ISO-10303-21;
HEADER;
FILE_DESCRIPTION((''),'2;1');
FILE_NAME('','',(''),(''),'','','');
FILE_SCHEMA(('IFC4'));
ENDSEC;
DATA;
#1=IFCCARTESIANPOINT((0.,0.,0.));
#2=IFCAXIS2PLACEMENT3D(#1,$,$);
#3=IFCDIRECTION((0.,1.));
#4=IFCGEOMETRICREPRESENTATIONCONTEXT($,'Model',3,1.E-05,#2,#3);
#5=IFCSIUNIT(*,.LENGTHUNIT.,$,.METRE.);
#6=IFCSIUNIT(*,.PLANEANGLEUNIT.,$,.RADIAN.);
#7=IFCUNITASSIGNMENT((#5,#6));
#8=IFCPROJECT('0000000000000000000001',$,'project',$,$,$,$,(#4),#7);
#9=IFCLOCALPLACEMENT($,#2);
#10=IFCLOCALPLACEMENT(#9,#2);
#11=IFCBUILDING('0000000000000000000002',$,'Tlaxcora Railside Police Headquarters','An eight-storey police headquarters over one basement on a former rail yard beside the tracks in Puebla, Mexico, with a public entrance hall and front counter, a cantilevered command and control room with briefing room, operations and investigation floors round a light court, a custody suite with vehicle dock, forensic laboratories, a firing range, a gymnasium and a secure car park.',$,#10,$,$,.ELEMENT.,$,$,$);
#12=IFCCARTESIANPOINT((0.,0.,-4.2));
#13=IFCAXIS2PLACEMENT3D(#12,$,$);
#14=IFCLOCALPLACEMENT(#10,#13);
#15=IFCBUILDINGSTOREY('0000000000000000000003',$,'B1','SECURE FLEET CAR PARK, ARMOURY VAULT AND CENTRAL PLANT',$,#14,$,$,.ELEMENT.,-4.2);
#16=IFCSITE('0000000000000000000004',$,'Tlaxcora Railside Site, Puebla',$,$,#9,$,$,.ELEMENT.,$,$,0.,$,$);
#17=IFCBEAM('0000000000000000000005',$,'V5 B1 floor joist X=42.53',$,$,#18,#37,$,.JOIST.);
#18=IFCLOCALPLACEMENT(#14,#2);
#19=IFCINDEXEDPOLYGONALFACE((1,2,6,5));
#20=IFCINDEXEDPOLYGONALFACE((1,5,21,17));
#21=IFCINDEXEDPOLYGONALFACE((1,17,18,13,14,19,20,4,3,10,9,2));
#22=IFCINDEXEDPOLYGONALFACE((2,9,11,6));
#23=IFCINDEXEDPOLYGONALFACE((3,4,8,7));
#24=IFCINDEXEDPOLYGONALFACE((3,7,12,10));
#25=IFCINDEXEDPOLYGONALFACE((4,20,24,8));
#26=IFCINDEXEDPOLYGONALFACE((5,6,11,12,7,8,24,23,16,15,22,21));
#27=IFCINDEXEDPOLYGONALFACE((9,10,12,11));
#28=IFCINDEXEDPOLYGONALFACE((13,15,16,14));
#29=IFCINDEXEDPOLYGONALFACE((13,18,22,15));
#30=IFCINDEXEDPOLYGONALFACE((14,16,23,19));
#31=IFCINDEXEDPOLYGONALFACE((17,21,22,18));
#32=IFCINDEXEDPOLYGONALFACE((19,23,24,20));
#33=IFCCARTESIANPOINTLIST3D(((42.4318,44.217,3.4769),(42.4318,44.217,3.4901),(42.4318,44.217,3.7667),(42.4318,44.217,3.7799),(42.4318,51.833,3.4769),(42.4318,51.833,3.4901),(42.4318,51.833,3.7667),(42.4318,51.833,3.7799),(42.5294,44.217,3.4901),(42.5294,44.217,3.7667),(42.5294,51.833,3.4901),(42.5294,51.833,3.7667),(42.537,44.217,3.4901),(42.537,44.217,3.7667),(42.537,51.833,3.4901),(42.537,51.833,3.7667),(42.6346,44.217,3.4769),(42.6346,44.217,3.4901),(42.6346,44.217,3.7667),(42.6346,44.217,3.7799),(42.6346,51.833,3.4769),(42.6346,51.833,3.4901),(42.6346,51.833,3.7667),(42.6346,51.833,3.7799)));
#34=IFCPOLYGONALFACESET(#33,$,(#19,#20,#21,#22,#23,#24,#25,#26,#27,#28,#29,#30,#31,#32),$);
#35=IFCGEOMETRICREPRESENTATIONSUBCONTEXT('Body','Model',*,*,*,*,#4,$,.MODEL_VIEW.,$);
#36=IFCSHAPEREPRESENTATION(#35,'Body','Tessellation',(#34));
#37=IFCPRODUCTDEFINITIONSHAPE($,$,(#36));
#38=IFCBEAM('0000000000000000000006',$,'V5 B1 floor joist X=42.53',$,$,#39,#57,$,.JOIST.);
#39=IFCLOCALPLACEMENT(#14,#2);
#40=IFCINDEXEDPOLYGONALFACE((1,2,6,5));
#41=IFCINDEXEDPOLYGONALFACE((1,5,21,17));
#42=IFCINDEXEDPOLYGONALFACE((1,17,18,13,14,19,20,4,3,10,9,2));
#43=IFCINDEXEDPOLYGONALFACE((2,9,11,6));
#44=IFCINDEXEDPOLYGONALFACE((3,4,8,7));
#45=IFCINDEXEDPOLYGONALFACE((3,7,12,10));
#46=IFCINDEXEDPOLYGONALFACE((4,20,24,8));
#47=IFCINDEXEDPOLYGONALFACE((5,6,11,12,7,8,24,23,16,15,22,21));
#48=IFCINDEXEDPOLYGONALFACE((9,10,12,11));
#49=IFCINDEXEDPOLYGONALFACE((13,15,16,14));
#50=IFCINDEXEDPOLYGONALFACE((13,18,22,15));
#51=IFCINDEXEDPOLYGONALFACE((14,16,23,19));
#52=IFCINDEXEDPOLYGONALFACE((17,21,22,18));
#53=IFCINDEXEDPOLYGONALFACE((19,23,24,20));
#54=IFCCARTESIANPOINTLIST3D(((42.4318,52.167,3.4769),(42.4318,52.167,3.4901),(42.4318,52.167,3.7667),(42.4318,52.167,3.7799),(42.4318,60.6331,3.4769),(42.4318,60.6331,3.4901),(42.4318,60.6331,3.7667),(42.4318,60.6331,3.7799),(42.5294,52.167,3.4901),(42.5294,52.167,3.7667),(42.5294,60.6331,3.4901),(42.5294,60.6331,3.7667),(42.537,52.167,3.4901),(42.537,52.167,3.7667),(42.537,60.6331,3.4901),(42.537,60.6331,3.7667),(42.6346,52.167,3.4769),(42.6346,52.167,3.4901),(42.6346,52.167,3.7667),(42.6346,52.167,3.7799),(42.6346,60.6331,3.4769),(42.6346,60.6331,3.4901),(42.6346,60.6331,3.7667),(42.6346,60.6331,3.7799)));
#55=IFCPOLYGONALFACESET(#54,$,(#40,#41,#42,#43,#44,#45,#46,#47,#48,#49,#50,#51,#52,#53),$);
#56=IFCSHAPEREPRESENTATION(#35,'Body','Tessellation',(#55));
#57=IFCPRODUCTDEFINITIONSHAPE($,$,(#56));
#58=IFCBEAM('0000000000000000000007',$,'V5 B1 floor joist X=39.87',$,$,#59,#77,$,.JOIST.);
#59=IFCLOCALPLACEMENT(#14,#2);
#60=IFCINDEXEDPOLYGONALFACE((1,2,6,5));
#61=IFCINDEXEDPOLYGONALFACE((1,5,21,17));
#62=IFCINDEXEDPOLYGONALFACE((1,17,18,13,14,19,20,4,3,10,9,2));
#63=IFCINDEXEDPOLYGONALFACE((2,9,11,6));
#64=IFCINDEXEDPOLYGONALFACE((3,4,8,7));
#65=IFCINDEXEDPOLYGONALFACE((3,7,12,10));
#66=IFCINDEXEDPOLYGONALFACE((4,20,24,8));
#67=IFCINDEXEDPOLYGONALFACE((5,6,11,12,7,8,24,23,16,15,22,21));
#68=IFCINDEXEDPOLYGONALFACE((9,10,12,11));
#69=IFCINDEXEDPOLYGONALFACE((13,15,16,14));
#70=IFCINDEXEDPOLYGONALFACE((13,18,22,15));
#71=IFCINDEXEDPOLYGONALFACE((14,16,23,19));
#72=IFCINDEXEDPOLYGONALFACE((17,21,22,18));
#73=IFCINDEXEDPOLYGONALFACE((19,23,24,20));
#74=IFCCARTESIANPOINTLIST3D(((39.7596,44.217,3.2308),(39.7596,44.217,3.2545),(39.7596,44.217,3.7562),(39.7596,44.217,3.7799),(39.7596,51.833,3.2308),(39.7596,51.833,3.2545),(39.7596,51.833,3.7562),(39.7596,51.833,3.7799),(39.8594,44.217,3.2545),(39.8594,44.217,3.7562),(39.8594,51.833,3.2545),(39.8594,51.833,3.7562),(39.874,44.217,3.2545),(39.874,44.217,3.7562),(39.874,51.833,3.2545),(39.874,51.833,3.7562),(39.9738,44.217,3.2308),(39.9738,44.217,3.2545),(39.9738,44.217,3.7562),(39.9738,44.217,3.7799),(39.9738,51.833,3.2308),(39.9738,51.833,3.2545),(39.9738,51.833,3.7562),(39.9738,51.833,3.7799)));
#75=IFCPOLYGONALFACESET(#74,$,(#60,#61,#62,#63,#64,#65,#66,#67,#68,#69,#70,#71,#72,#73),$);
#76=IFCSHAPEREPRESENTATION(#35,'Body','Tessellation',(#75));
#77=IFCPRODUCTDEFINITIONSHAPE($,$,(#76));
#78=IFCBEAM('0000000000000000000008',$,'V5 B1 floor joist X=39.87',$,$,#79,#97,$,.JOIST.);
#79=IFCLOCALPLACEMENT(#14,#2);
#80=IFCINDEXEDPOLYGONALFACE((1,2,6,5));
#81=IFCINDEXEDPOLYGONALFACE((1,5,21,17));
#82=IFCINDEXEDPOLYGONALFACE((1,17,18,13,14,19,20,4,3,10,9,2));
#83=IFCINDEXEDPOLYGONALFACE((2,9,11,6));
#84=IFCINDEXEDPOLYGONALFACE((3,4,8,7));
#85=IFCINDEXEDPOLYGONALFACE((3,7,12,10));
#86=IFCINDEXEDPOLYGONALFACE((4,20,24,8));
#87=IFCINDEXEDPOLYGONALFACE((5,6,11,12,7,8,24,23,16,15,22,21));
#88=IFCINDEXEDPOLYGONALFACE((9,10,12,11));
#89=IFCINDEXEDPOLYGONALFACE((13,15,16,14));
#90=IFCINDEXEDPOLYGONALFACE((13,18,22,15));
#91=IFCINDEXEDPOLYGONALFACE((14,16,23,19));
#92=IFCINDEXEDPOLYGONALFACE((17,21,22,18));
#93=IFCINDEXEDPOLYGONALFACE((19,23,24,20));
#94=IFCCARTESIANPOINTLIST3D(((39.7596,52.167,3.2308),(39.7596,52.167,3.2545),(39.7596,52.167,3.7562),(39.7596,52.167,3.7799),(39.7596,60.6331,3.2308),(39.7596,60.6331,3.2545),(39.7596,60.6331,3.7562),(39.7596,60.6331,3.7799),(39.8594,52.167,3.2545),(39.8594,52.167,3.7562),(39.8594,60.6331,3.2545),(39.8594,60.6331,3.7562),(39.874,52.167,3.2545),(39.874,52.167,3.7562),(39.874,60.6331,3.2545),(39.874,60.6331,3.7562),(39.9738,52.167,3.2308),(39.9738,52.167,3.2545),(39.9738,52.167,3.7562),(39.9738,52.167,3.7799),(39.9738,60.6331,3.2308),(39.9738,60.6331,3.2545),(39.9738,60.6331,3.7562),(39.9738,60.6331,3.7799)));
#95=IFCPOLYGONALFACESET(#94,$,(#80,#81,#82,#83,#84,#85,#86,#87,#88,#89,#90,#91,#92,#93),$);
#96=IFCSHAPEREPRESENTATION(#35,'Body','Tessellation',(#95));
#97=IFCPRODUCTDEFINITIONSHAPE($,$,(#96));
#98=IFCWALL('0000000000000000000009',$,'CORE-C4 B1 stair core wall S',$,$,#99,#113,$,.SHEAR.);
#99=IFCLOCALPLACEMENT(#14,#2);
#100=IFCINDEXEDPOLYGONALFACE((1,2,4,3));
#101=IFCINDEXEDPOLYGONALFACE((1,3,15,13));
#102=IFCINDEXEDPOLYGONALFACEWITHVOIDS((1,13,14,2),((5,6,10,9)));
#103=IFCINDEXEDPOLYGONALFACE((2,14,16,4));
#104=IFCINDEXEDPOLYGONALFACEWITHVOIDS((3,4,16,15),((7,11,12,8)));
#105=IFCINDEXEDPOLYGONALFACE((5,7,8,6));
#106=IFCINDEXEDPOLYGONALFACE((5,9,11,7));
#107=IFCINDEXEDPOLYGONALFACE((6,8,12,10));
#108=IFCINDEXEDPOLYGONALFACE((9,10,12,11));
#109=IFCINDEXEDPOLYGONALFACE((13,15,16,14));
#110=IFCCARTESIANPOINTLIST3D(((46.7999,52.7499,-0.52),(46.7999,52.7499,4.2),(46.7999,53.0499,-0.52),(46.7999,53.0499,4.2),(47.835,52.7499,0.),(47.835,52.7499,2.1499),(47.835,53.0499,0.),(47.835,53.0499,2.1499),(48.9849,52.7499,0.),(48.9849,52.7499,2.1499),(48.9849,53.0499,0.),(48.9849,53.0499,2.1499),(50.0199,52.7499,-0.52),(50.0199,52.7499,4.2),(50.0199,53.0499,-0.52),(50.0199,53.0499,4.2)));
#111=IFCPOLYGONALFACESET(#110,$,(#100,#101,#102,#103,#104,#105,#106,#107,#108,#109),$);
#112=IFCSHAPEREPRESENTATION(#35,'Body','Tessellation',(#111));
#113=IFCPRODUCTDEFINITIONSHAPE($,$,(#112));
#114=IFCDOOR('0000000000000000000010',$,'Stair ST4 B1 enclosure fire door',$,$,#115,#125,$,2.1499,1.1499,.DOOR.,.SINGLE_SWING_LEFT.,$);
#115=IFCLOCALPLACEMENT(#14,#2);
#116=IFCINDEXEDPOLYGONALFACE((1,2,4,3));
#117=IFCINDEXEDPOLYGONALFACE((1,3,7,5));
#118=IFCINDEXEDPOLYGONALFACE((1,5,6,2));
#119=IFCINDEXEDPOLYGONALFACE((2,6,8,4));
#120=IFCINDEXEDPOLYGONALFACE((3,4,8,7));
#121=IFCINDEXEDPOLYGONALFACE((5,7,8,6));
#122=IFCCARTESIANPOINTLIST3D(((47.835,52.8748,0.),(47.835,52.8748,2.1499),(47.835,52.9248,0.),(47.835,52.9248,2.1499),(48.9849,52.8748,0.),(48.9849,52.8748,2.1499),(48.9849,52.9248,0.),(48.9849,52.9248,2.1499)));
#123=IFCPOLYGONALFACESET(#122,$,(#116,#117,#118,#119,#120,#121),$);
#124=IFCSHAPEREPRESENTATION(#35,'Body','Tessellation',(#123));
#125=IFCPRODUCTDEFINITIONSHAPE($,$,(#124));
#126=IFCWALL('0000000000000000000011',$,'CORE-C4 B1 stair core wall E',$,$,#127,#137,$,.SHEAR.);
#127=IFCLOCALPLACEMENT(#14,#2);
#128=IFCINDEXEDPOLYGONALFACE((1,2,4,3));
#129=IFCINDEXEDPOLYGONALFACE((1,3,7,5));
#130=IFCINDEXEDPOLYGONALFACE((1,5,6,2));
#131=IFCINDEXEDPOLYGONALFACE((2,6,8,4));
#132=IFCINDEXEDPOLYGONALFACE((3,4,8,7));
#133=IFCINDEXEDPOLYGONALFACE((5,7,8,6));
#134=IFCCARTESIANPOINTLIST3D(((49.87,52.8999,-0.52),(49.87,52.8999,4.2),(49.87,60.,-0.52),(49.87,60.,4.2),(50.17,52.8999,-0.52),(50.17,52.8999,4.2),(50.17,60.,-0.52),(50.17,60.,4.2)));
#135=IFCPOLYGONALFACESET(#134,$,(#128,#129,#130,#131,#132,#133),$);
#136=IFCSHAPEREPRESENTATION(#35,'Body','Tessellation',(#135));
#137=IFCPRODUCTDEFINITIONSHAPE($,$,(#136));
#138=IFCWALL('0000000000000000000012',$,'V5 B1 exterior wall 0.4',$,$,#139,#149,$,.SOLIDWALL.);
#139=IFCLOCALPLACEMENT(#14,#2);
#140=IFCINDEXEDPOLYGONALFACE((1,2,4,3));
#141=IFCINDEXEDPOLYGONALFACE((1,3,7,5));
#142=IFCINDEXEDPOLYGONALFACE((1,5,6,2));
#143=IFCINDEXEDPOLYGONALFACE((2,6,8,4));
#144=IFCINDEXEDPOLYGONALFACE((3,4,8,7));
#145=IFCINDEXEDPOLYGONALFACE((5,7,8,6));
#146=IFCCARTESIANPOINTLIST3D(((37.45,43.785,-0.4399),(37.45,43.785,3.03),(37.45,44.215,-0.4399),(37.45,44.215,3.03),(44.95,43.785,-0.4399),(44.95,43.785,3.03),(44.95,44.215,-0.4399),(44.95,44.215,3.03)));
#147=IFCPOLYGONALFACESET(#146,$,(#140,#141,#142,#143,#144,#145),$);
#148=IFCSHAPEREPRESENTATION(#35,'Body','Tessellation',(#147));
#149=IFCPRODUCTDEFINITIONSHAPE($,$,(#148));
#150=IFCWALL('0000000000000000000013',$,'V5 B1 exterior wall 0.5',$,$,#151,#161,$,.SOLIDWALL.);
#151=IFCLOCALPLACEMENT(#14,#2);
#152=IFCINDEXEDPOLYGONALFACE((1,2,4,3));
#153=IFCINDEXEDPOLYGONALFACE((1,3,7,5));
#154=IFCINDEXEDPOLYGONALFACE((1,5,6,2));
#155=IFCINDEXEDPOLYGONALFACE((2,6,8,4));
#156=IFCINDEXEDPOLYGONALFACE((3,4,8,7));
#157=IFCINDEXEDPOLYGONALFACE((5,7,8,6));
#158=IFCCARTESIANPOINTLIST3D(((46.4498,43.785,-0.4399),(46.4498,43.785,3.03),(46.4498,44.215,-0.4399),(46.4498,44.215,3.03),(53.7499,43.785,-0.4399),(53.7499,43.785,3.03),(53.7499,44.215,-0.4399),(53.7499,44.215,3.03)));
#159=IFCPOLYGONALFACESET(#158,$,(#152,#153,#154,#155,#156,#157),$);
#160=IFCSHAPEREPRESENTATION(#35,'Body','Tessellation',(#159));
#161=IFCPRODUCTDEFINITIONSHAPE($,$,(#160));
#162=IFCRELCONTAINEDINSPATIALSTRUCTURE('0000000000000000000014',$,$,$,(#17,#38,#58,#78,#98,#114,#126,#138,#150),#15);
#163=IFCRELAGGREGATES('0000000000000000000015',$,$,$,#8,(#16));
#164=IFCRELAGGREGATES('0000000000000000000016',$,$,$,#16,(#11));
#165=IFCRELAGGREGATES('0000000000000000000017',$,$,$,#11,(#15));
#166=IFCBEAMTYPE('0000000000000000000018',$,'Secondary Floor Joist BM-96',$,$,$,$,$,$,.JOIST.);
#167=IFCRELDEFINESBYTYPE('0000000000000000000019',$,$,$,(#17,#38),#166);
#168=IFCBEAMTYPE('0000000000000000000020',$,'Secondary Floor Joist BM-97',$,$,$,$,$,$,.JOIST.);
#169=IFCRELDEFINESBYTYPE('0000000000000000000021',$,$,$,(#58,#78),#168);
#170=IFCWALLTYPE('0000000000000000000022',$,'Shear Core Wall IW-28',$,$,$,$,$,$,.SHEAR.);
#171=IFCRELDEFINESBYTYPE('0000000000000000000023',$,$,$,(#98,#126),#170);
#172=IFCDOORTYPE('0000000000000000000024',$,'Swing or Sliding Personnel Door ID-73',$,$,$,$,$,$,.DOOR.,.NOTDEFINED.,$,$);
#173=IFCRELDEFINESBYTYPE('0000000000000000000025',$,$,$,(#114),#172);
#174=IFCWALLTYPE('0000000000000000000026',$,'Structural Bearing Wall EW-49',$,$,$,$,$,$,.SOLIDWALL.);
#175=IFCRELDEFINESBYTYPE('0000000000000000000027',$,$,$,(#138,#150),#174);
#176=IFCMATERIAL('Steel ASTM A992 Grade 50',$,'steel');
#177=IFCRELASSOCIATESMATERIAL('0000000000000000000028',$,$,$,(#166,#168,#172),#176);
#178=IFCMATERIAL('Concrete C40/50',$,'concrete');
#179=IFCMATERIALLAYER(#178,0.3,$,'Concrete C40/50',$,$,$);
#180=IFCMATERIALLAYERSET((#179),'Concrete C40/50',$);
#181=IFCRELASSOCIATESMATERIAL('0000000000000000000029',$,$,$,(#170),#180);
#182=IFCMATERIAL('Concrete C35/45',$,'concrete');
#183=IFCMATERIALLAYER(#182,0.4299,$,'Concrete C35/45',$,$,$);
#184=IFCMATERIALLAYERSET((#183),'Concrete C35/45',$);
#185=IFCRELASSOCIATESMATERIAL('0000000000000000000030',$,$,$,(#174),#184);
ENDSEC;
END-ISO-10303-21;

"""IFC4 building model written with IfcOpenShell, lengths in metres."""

from ifc_helpers import new_model, si_unit, direction, frame, frame_2d, origin, origin_2d, place, context, subcontext, project, spatial, rectangle, i_section, extrude, material, layer, layer_set, material_profile, profile_set, type_object, element, fill, save


model = new_model("IFC4")

# Units and contexts
model_context = context("Model", 3, precision=1e-05, world=origin(), true_north=direction((0.0, 1.0)))
body_context = subcontext(model_context, "Body", "Model", "MODEL_VIEW")
ifc_project = project(units=[si_unit("LENGTHUNIT", "METRE"), si_unit("PLANEANGLEUNIT", "RADIAN")], contexts=[model_context])

# Site, building, storey
site_placement = place(None, origin())
site = spatial("IfcSite", under=ifc_project, at=site_placement, Name="Tlaxcora Railside Site, Puebla", CompositionType="ELEMENT", RefElevation=0.0)
building_placement = place(site_placement, origin())
building = spatial("IfcBuilding", under=site, at=building_placement, Name="Tlaxcora Railside Police Headquarters", Description="An eight-storey police headquarters over one basement on a former rail yard beside the tracks in Puebla, Mexico, with a public entrance hall and front counter, a cantilevered command and control room with briefing room, operations and investigation floors round a light court, a custody suite with vehicle dock, forensic laboratories, a firing range, a gymnasium and a secure car park.", CompositionType="ELEMENT")
storey_placement = place(building_placement, frame((0.0, 0.0, -4.2)))
storey = spatial("IfcBuildingStorey", under=building, at=storey_placement, Name="B1", Description="SECURE FLEET CAR PARK, ARMOURY VAULT AND CENTRAL PLANT", CompositionType="ELEMENT", Elevation=-4.2)

# Shared definitions
ifc_material_1 = material(Name="Concrete C35/45", Category="concrete")

# Shared definitions
ifc_material_2 = material(Name="Concrete C40/50", Category="concrete")

# Beams
ifc_material_3 = material(Name="Steel ASTM A992 Grade 50", Category="steel")
ifc_material_profile_1 = material_profile(ifc_material_3, i_section(OverallWidth=0.2029, OverallDepth=0.303, WebThickness=0.0076, FlangeThickness=0.0132, at=origin_2d()), Name="W12X40")
ifc_profile_set_1 = profile_set([ifc_material_profile_1], Name="Steel ASTM A992 Grade 50")
beam_type_1 = type_object("IfcBeamType", Name="Secondary Floor Joist BM-96", PredefinedType="JOIST", material=ifc_profile_set_1)
beam_1_placement = place(storey_placement, frame((42.5332, 44.217, 3.6284), z_axis=(0.0, 1.0, 0.0), x_axis=(-1.0, 0.0, 0.0)))
element("IfcBeam", 1, at=beam_1_placement, inside=storey, type_object=beam_type_1, Name="V5 B1 floor joist X=42.53", PredefinedType="JOIST", context=body_context, shape_type="SweptSolid", body=[
    extrude(i_section(OverallWidth=0.2029, OverallDepth=0.303, WebThickness=0.0076, FlangeThickness=0.0132, at=origin_2d()), origin(), (0.0, 0.0, 1.0), 7.616),
])
beam_2_placement = place(storey_placement, frame((42.5332, 52.167, 3.6284), z_axis=(0.0, 1.0, 0.0), x_axis=(-1.0, 0.0, 0.0)))
element("IfcBeam", 2, at=beam_2_placement, inside=storey, type_object=beam_type_1, Name="V5 B1 floor joist X=42.53", PredefinedType="JOIST", context=body_context, shape_type="SweptSolid", body=[
    extrude(i_section(OverallWidth=0.2029, OverallDepth=0.303, WebThickness=0.0076, FlangeThickness=0.0132, at=origin_2d()), origin(), (0.0, 0.0, 1.0), 8.4661),
])
ifc_material_profile_2 = material_profile(ifc_material_3, i_section(OverallWidth=0.2141, OverallDepth=0.5491, WebThickness=0.0146, FlangeThickness=0.0237, at=origin_2d()), Name="W21X93")
ifc_profile_set_2 = profile_set([ifc_material_profile_2], Name="Steel ASTM A992 Grade 50")
beam_type_2 = type_object("IfcBeamType", Name="Secondary Floor Joist BM-97", PredefinedType="JOIST", material=ifc_profile_set_2)
beam_3_placement = place(storey_placement, frame((39.8667, 44.217, 3.5054), z_axis=(0.0, 1.0, 0.0), x_axis=(-1.0, 0.0, 0.0)))
element("IfcBeam", 3, at=beam_3_placement, inside=storey, type_object=beam_type_2, Name="V5 B1 floor joist X=39.87", PredefinedType="JOIST", context=body_context, shape_type="SweptSolid", body=[
    extrude(i_section(OverallWidth=0.2141, OverallDepth=0.5491, WebThickness=0.0146, FlangeThickness=0.0237, at=origin_2d()), origin(), (0.0, 0.0, 1.0), 7.616),
])
beam_4_placement = place(storey_placement, frame((39.8667, 52.167, 3.5054), z_axis=(0.0, 1.0, 0.0), x_axis=(-1.0, 0.0, 0.0)))
element("IfcBeam", 4, at=beam_4_placement, inside=storey, type_object=beam_type_2, Name="V5 B1 floor joist X=39.87", PredefinedType="JOIST", context=body_context, shape_type="SweptSolid", body=[
    extrude(i_section(OverallWidth=0.2141, OverallDepth=0.5491, WebThickness=0.0146, FlangeThickness=0.0237, at=origin_2d()), origin(), (0.0, 0.0, 1.0), 8.4661),
])

# Wall, opening, door
ifc_layer_1 = layer(ifc_material_2, 0.3, Name="Concrete C40/50")
ifc_layer_set_1 = layer_set([ifc_layer_1], Name="Concrete C40/50")
wall_type_1 = type_object("IfcWallType", Name="Shear Core Wall IW-28", PredefinedType="SHEAR", material=ifc_layer_set_1)
wall_1_placement = place(storey_placement, frame((46.8, 52.8999, -0.52), z_axis=(0.0, 0.0, 1.0), x_axis=(1.0, 0.0, 0.0)))
wall_1 = element("IfcWall", 5, at=wall_1_placement, inside=storey, type_object=wall_type_1, Name="CORE-C4 B1 stair core wall S", PredefinedType="SHEAR", context=body_context, shape_type="SweptSolid", body=[
    extrude(rectangle(XDim=3.22, YDim=0.3, at=frame_2d((1.6099, 0.0))), origin(), (0.0, 0.0, 1.0), 4.72),
])
opening_placement = place(wall_1_placement, frame((1.0349, 0.0, 0.52)))
opening = element("IfcOpeningElement", 6, at=opening_placement, cuts=wall_1, PredefinedType="OPENING", context=body_context, shape_type="SweptSolid", body=[
    extrude(rectangle(XDim=1.1499, YDim=2.1499, at=frame_2d((0.575, 1.075))), frame((0.0, 0.1602, 0.0), z_axis=(0.0, -1.0, 0.0), x_axis=(1.0, 0.0, 0.0)), (0.0, 0.0, 1.0), 0.3201),
])
door_type = type_object("IfcDoorType", Name="Swing or Sliding Personnel Door ID-73", OperationType="NOTDEFINED", PredefinedType="DOOR", material=ifc_material_3)
door_placement = place(opening_placement, origin())
door = element("IfcDoor", 7, at=door_placement, inside=storey, type_object=door_type, Name="Stair ST4 B1 enclosure fire door", OperationType="SINGLE_SWING_LEFT", OverallHeight=2.1499, OverallWidth=1.1499, PredefinedType="DOOR", context=body_context, shape_type="SweptSolid", body=[
    extrude(rectangle(XDim=1.1499, YDim=2.1499, at=frame_2d((0.575, 1.075))), frame((0.0, 0.0249, 0.0), z_axis=(0.0, -1.0, 0.0), x_axis=(1.0, 0.0, 0.0)), (0.0, 0.0, 1.0), 0.05),
])
fill(opening, door)

# Walls
wall_2_placement = place(storey_placement, frame((50.02, 52.8999, -0.52), z_axis=(0.0, 0.0, 1.0), x_axis=(0.0, 1.0, 0.0)))
element("IfcWall", 8, at=wall_2_placement, inside=storey, type_object=wall_type_1, Name="CORE-C4 B1 stair core wall E", PredefinedType="SHEAR", context=body_context, shape_type="SweptSolid", body=[
    extrude(rectangle(XDim=7.1001, YDim=0.3, at=frame_2d((3.55, 0.0))), origin(), (0.0, 0.0, 1.0), 4.72),
])
ifc_layer_2 = layer(ifc_material_1, 0.4299, Name="Concrete C35/45")
ifc_layer_set_2 = layer_set([ifc_layer_2], Name="Concrete C35/45")
wall_type_2 = type_object("IfcWallType", Name="Structural Bearing Wall EW-49", PredefinedType="SOLIDWALL", material=ifc_layer_set_2)
wall_3_placement = place(storey_placement, frame((37.45, 44.0, -0.4399), z_axis=(0.0, 0.0, 1.0), x_axis=(1.0, 0.0, 0.0)))
element("IfcWall", 9, at=wall_3_placement, inside=storey, type_object=wall_type_2, Name="V5 B1 exterior wall 0.4", PredefinedType="SOLIDWALL", context=body_context, shape_type="SweptSolid", body=[
    extrude(rectangle(XDim=7.5, YDim=0.4299, at=frame_2d((3.75, 0.0))), origin(), (0.0, 0.0, 1.0), 3.47),
])
wall_4_placement = place(storey_placement, frame((46.45, 44.0, -0.4399), z_axis=(0.0, 0.0, 1.0), x_axis=(1.0, 0.0, 0.0)))
element("IfcWall", 10, at=wall_4_placement, inside=storey, type_object=wall_type_2, Name="V5 B1 exterior wall 0.5", PredefinedType="SOLIDWALL", context=body_context, shape_type="SweptSolid", body=[
    extrude(rectangle(XDim=7.3, YDim=0.4299, at=frame_2d((3.6499, 0.0))), origin(), (0.0, 0.0, 1.0), 3.47),
])

save(model, "model.ifc")
